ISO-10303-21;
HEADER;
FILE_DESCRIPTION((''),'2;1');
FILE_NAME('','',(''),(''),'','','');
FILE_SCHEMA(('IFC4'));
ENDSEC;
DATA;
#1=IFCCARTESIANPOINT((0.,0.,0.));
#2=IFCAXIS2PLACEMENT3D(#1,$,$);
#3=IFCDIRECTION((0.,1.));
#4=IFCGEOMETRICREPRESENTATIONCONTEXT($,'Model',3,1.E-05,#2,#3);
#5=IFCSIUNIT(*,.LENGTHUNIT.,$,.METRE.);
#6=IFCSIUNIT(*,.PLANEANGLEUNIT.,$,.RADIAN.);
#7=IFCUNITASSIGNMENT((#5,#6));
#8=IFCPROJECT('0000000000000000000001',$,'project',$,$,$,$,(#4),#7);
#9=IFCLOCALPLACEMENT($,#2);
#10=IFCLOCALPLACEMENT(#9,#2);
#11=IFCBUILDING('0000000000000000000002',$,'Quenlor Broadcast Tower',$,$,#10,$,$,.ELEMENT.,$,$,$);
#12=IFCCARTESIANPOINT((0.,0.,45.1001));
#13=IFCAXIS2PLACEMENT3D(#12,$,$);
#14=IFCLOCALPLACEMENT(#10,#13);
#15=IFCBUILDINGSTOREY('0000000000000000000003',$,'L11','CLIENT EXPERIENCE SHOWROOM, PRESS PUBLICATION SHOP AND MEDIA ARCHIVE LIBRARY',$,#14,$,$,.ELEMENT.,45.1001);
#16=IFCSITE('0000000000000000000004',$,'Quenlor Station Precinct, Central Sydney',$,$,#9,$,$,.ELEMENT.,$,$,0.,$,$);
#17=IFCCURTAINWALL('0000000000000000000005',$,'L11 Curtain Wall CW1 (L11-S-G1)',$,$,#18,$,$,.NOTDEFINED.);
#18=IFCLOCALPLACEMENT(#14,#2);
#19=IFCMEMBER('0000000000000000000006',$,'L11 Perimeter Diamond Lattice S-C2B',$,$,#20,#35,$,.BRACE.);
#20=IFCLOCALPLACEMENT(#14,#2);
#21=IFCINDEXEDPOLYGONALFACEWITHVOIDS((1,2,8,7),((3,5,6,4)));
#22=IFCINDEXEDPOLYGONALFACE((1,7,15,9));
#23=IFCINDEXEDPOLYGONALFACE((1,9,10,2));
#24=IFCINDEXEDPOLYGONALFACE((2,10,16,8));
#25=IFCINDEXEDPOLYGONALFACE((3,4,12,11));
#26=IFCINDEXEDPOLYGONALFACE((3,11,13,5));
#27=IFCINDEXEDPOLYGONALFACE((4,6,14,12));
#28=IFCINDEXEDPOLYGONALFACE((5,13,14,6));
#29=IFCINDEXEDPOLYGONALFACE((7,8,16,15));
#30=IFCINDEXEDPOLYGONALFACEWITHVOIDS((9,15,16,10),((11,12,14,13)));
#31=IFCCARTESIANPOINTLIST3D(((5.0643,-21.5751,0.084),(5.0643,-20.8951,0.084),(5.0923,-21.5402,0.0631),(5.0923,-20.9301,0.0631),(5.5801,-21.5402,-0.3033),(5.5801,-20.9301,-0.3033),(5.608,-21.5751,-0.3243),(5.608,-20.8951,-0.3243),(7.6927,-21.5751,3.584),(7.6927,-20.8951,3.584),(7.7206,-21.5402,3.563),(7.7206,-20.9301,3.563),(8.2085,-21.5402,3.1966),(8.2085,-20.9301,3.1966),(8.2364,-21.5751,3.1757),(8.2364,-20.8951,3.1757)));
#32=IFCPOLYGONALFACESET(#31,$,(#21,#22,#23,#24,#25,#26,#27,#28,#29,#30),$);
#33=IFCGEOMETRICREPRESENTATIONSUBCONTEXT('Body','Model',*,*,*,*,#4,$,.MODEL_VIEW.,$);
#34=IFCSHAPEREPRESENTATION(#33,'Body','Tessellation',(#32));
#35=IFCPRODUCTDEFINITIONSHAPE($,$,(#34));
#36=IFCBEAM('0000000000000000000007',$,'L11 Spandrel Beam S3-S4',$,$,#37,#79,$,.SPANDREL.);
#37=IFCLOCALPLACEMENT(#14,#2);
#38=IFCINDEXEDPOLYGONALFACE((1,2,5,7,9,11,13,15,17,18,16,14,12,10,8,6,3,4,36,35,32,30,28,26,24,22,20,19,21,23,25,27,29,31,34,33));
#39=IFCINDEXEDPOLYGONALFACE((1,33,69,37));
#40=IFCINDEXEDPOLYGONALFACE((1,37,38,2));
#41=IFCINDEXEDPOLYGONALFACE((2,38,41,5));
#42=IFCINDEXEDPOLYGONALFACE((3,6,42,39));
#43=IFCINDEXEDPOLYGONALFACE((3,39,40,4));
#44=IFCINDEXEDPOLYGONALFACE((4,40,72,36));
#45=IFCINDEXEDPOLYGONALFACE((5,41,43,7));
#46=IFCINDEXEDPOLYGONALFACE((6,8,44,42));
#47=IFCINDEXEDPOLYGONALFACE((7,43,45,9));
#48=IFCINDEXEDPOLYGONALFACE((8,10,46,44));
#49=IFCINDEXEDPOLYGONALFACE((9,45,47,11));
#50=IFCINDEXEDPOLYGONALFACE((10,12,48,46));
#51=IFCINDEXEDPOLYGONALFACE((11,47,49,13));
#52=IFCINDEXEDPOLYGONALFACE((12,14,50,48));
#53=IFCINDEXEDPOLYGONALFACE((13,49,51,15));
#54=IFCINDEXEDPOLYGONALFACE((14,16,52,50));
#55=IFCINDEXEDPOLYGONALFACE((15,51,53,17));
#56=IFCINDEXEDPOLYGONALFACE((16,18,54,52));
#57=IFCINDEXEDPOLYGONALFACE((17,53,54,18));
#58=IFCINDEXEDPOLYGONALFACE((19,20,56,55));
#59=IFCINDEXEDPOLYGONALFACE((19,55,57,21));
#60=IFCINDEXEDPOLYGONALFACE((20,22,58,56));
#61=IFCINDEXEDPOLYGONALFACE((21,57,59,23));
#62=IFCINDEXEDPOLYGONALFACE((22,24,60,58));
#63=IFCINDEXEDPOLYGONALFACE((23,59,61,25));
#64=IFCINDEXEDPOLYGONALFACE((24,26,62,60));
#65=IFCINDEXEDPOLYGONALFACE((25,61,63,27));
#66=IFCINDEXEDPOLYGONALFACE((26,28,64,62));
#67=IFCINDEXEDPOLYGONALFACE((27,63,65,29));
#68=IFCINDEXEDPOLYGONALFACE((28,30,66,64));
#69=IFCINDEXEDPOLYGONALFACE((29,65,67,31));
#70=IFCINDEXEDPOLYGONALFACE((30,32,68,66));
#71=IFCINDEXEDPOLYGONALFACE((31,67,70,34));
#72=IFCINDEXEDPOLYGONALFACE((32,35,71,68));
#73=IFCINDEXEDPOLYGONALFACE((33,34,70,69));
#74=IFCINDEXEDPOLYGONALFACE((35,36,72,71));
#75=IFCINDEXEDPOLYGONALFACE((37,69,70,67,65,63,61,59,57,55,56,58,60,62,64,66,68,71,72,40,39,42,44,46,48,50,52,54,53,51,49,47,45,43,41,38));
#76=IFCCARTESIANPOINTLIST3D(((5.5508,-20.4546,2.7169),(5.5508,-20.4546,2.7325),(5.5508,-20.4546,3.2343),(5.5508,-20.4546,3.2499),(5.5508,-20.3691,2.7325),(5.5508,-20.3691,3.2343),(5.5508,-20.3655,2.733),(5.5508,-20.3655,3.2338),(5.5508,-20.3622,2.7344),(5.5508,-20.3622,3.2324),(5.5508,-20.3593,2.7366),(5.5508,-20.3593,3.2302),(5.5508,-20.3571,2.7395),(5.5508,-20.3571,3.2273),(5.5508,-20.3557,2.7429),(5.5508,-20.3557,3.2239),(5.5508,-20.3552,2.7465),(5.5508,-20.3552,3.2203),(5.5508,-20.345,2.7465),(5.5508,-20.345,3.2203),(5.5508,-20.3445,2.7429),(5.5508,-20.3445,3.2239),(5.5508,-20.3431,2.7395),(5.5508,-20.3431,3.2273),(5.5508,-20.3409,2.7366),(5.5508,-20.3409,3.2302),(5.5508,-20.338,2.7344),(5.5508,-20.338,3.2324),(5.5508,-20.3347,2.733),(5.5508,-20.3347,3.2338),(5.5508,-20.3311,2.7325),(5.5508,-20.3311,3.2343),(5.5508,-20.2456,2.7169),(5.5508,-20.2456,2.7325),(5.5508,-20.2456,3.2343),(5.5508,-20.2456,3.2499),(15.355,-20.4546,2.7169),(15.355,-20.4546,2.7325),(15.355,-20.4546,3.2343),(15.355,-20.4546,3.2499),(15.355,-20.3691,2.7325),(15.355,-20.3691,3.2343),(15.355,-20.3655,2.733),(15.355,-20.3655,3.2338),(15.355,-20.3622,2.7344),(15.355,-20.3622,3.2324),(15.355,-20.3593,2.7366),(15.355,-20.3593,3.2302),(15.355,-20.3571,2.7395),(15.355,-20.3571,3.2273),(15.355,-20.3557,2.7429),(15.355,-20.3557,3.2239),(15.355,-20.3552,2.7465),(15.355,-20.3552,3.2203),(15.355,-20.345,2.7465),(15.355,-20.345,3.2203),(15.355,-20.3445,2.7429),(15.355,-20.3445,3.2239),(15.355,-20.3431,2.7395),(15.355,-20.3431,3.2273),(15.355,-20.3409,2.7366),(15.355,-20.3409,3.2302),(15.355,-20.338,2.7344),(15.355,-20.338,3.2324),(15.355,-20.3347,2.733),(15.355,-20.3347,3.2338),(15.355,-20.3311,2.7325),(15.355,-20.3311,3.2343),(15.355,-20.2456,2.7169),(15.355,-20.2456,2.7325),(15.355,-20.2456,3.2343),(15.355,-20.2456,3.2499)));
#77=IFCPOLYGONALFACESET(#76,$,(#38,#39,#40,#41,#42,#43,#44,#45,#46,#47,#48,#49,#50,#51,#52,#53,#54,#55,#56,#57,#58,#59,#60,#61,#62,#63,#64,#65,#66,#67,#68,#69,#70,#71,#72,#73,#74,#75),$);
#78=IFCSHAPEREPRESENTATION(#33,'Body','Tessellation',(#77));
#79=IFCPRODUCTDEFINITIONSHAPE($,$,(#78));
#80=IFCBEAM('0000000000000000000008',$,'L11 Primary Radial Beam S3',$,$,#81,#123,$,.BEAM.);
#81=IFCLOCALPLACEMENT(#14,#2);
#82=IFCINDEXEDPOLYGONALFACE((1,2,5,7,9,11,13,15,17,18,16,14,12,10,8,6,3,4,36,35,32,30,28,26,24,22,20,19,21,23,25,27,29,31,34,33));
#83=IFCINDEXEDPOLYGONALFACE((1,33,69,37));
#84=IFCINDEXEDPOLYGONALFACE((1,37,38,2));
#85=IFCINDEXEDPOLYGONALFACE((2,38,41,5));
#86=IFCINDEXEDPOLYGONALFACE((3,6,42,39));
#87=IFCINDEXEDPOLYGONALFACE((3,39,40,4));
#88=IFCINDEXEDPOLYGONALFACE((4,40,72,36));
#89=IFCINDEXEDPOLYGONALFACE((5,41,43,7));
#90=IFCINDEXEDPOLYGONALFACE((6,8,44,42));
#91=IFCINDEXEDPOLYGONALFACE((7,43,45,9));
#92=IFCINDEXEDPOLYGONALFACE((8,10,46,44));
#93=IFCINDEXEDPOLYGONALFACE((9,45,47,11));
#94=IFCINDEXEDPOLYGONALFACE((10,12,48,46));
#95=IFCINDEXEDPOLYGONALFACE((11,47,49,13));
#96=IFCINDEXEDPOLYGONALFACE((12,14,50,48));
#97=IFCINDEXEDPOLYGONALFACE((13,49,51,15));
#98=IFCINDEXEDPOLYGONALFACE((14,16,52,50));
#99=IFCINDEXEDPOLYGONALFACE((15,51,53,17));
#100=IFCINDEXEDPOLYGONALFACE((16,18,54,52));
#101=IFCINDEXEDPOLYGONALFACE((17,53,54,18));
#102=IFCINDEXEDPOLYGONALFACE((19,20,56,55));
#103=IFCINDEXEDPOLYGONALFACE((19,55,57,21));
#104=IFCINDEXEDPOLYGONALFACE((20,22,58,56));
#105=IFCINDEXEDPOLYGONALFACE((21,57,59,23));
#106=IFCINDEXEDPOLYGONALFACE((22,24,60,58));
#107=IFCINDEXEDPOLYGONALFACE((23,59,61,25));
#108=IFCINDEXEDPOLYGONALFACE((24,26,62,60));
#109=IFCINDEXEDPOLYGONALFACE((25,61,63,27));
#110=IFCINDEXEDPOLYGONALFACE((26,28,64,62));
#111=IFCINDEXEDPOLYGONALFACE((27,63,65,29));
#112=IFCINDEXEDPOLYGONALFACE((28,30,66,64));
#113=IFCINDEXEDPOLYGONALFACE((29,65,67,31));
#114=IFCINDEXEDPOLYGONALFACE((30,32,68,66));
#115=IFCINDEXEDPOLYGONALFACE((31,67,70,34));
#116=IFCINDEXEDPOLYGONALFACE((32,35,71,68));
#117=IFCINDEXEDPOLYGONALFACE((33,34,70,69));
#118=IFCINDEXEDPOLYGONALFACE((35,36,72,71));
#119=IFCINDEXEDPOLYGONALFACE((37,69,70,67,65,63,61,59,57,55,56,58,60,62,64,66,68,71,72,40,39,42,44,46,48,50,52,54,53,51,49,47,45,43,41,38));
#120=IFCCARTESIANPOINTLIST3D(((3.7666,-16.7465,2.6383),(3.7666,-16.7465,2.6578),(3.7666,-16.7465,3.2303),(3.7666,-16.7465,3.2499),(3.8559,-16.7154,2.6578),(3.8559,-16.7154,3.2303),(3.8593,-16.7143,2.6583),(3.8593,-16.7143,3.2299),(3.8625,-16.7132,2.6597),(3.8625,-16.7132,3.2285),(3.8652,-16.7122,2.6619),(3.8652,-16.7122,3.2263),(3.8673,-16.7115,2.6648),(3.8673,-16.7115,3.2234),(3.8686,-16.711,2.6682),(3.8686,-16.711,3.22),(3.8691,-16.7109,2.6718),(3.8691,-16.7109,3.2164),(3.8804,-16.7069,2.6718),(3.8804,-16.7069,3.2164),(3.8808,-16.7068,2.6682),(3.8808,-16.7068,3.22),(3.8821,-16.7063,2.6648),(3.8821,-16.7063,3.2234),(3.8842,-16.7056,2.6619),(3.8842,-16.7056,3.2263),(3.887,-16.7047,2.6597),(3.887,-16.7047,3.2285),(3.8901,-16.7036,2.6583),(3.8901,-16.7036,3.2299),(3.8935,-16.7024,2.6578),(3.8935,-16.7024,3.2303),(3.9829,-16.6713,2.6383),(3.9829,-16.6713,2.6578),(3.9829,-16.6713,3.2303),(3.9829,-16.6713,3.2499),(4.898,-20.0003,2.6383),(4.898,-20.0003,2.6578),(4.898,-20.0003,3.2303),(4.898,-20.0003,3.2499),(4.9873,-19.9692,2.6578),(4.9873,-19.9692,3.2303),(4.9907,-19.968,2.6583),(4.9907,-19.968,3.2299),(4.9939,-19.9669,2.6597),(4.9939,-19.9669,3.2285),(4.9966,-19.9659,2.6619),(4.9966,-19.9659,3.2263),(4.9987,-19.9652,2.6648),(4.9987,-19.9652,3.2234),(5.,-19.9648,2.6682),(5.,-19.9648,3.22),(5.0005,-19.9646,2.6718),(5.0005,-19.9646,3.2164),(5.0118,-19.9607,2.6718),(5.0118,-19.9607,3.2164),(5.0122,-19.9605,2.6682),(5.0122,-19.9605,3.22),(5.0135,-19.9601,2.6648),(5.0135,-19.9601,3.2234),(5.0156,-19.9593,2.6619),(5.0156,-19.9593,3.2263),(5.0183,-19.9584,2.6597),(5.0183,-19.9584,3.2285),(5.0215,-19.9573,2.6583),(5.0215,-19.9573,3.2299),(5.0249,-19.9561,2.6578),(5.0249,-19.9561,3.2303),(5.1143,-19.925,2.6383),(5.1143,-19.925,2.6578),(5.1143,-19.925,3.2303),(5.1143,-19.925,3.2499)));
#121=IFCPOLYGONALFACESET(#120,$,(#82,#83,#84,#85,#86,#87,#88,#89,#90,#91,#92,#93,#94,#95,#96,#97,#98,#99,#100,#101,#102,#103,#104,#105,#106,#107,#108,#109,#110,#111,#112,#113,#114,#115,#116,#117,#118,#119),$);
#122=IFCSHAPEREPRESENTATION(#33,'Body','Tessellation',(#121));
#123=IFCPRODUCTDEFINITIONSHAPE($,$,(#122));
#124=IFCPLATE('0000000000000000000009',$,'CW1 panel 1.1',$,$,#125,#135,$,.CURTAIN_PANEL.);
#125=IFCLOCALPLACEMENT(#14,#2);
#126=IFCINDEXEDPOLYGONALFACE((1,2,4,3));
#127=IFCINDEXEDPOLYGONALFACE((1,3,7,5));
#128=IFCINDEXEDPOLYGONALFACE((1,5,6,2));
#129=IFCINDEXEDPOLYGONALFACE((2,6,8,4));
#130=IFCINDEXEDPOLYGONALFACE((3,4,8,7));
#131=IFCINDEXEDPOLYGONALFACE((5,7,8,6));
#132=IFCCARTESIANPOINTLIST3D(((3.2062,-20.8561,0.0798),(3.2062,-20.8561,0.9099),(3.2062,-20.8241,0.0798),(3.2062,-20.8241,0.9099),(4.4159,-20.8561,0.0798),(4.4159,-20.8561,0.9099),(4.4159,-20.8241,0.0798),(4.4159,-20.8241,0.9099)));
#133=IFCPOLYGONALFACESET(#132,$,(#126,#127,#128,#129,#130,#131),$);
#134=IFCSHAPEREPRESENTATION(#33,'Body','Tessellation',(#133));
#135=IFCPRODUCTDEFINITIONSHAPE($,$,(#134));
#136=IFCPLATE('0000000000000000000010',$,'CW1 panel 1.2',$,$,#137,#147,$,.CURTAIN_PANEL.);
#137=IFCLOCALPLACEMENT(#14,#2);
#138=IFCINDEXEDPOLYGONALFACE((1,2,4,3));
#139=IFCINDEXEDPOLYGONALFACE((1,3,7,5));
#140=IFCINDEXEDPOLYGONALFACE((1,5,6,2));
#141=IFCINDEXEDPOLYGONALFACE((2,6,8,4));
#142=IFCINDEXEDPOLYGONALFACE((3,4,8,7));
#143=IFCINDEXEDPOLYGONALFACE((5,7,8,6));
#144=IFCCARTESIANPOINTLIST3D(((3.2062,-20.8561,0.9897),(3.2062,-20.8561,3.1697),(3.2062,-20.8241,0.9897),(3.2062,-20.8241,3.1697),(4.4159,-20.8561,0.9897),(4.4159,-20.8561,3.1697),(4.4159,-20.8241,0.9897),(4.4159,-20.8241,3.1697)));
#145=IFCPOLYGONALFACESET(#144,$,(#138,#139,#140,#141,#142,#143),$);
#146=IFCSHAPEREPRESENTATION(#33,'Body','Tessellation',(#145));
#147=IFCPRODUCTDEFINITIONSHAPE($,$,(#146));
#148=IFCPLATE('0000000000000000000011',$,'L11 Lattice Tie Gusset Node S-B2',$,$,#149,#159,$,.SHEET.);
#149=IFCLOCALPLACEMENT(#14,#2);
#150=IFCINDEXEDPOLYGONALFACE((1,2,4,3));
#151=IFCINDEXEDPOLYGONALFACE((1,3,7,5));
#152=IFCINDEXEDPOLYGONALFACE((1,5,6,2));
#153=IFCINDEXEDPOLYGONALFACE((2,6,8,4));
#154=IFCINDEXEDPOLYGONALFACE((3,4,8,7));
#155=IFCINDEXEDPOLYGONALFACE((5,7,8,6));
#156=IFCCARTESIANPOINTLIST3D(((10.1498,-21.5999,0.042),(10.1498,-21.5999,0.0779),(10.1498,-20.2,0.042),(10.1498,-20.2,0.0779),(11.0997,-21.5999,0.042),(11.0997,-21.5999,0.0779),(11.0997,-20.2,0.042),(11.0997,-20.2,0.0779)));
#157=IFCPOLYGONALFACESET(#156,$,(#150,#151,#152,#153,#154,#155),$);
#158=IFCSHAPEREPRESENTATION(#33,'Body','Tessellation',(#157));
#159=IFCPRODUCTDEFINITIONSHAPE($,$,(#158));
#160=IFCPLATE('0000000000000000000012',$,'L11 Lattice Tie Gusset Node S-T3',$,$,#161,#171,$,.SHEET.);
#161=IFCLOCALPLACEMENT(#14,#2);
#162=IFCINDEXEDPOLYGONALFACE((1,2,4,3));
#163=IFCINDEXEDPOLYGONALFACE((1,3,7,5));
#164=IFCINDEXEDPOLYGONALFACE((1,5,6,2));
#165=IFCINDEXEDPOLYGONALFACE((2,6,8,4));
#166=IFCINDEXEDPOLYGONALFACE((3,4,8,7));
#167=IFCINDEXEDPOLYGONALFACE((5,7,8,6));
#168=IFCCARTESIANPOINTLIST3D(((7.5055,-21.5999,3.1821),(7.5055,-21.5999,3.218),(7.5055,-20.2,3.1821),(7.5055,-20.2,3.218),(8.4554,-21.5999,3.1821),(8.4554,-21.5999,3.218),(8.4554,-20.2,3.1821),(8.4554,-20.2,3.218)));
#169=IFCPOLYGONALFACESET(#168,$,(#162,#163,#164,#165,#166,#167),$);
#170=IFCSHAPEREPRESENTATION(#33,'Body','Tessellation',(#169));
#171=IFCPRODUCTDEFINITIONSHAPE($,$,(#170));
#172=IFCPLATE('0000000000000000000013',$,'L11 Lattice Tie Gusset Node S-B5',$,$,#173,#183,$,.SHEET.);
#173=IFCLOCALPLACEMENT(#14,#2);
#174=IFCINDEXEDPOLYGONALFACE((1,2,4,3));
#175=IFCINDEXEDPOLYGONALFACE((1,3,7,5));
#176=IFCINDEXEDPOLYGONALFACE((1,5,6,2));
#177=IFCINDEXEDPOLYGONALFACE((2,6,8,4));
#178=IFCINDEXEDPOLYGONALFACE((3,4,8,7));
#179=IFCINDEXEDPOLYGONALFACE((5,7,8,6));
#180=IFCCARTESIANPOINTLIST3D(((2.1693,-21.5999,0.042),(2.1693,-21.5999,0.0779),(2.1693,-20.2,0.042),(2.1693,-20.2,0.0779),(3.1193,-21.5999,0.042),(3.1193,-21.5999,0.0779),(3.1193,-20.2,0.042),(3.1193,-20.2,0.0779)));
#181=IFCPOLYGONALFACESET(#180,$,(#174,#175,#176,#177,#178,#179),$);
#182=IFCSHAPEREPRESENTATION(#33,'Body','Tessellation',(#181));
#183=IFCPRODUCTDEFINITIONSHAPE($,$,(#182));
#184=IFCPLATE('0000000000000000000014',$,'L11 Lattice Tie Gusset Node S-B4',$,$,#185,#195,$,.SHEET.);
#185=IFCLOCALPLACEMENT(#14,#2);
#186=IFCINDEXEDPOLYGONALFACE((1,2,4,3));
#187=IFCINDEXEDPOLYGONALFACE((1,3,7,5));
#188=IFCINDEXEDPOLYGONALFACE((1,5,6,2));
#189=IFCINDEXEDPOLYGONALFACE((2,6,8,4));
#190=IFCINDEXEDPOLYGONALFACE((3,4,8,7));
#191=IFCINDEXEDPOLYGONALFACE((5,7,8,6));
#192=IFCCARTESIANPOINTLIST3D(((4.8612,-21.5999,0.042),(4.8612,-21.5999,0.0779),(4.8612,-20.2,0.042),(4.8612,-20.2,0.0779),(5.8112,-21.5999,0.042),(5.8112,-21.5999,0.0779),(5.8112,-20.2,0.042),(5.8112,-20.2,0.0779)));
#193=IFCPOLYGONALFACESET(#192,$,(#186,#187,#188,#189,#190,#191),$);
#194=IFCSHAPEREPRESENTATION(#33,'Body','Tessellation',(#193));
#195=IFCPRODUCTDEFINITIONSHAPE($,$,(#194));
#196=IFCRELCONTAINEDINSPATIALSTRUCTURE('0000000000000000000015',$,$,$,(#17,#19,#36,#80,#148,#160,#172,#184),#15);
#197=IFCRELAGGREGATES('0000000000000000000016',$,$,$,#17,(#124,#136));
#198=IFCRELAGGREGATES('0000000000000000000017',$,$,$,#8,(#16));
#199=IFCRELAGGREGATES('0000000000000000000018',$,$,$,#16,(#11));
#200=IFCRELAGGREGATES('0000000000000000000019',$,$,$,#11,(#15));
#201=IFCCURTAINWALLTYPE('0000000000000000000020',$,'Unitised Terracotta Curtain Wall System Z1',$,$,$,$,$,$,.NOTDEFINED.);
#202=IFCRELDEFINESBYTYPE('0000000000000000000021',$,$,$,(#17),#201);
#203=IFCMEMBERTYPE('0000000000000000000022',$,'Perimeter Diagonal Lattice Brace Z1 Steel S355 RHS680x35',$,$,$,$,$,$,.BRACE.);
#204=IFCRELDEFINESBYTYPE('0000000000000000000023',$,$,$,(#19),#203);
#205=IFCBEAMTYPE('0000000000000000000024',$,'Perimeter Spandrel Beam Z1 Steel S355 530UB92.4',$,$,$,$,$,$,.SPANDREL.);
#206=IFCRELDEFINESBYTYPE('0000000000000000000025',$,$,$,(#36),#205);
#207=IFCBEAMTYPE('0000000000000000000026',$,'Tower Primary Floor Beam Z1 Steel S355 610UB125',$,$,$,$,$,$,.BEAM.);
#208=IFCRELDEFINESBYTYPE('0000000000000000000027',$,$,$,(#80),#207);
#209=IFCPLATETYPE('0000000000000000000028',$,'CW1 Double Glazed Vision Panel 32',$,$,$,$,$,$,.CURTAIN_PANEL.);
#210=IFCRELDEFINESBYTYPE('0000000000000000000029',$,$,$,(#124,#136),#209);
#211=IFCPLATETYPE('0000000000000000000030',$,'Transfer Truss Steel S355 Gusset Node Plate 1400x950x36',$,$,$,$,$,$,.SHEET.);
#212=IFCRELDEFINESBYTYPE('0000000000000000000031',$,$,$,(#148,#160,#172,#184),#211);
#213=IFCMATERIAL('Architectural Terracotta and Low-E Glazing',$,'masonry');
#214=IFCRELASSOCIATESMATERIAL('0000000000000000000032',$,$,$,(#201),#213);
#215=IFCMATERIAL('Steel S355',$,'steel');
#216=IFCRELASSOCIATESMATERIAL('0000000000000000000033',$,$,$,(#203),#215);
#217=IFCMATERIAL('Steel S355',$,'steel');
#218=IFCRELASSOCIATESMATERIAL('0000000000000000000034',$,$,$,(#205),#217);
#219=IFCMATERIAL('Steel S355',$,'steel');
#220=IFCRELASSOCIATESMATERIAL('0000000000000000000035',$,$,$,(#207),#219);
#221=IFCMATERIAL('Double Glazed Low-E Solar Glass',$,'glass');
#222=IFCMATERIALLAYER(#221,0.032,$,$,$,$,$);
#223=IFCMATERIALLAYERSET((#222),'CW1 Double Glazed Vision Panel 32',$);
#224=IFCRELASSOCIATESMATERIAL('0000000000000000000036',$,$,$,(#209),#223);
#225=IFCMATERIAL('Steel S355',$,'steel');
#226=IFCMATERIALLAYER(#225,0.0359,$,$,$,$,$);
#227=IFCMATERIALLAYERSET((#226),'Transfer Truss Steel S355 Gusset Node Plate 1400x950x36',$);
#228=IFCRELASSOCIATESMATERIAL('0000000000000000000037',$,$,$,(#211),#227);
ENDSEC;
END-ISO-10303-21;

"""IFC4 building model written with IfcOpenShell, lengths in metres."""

from ifc_helpers import new_model, si_unit, direction, frame, origin, origin_2d, place, context, subcontext, project, spatial, rectangle, hollow_rectangle, i_section, extrude, material, layer, layer_set, material_profile, profile_set, type_object, element, aggregate, save


model = new_model("IFC4")

# Units and contexts
model_context = context("Model", 3, precision=1e-05, world=origin(), true_north=direction((0.0, 1.0)))
body_context = subcontext(model_context, "Body", "Model", "MODEL_VIEW")
ifc_project = project(units=[si_unit("LENGTHUNIT", "METRE"), si_unit("PLANEANGLEUNIT", "RADIAN")], contexts=[model_context])

# Site, building, storey
site_placement = place(None, origin())
site = spatial("IfcSite", under=ifc_project, at=site_placement, Name="Quenlor Station Precinct, Central Sydney", CompositionType="ELEMENT", RefElevation=0.0)
building_placement = place(site_placement, origin())
building = spatial("IfcBuilding", under=site, at=building_placement, Name="Quenlor Broadcast Tower", CompositionType="ELEMENT")
storey_placement = place(building_placement, frame((0.0, 0.0, 45.1001)))
storey = spatial("IfcBuildingStorey", under=building, at=storey_placement, Name="L11", Description="CLIENT EXPERIENCE SHOWROOM, PRESS PUBLICATION SHOP AND MEDIA ARCHIVE LIBRARY", CompositionType="ELEMENT", Elevation=45.1001)

# Curtain wall
ifc_material_1 = material(Name="Architectural Terracotta and Low-E Glazing", Category="masonry")
curtain_wall_type = type_object("IfcCurtainWallType", Name="Unitised Terracotta Curtain Wall System Z1", PredefinedType="NOTDEFINED", material=ifc_material_1)
curtain_wall_placement = place(storey_placement, origin())
curtain_wall = element("IfcCurtainWall", 1, at=curtain_wall_placement, inside=storey, type_object=curtain_wall_type, Name="L11 Curtain Wall CW1 (L11-S-G1)", PredefinedType="NOTDEFINED")

# Member
ifc_material_2 = material(Name="Steel S355", Category="steel")
ifc_material_profile_1 = material_profile(ifc_material_2, hollow_rectangle(XDim=0.6799, YDim=0.6799, WallThickness=0.0349, at=origin_2d()))
ifc_profile_set_1 = profile_set([ifc_material_profile_1], Name="Steel S355 RHS680x680x35")
member_type_1 = type_object("IfcMemberType", Name="Perimeter Diagonal Lattice Brace Z1 Steel S355 RHS680x35", PredefinedType="BRACE", material=ifc_profile_set_1)
for number, where, z_axis, x_axis, name in (
    (2, (5.3362, -21.2351, -0.1201), (0.6005, 0.0, 0.799625), (0.0, 1.0, 0.0), "L11 Perimeter Diamond Lattice S-C2B"),
):
    element("IfcMember", number, at=place(storey_placement, frame(where, z_axis=z_axis, x_axis=x_axis)), inside=storey, type_object=member_type_1, Name=name, PredefinedType="BRACE", context=body_context, shape_type="SweptSolid", body=[
        extrude(hollow_rectangle(XDim=0.6799, YDim=0.6799, WallThickness=0.0349, at=origin_2d()), origin(), (0.0, 0.0, 1.0), 4.377),
    ])

# Beams
ifc_material_3 = material(Name="Steel S355", Category="steel")
ifc_material_profile_2 = material_profile(ifc_material_3, i_section(OverallWidth=0.209, OverallDepth=0.533, WebThickness=0.0103, FlangeThickness=0.0156, FilletRadius=0.0139, at=origin_2d()))
ifc_profile_set_2 = profile_set([ifc_material_profile_2], Name="Steel S355 530UB92.4")
beam_type_1 = type_object("IfcBeamType", Name="Perimeter Spandrel Beam Z1 Steel S355 530UB92.4", PredefinedType="SPANDREL", material=ifc_profile_set_2)
beam_1_placement = place(storey_placement, frame((5.5508, -20.3501, 2.9834), z_axis=(1.0, 0.0, 0.0), x_axis=(0.0, 1.0, 0.0)))
element("IfcBeam", 3, at=beam_1_placement, inside=storey, type_object=beam_type_1, Name="L11 Spandrel Beam S3-S4", PredefinedType="SPANDREL", context=body_context, shape_type="SweptSolid", body=[
    extrude(i_section(OverallWidth=0.209, OverallDepth=0.533, WebThickness=0.0103, FlangeThickness=0.0156, FilletRadius=0.0139, at=origin_2d()), origin(), (0.0, 0.0, 1.0), 9.8042),
])
ifc_material_4 = material(Name="Steel S355", Category="steel")
ifc_material_profile_3 = material_profile(ifc_material_4, i_section(OverallWidth=0.229, OverallDepth=0.6116, WebThickness=0.012, FlangeThickness=0.0195, FilletRadius=0.0139, at=origin_2d()))
ifc_profile_set_3 = profile_set([ifc_material_profile_3], Name="Steel S355 610UB125")
beam_type_2 = type_object("IfcBeamType", Name="Tower Primary Floor Beam Z1 Steel S355 610UB125", PredefinedType="BEAM", material=ifc_profile_set_3)
beam_2_placement = place(storey_placement, frame((5.0061, -19.9626, 2.9441), z_axis=(-0.328427, 0.944529, 0.0), x_axis=(-0.944529, -0.328427, 0.0)))
element("IfcBeam", 4, at=beam_2_placement, inside=storey, type_object=beam_type_2, Name="L11 Primary Radial Beam S3", PredefinedType="BEAM", context=body_context, shape_type="SweptSolid", body=[
    extrude(i_section(OverallWidth=0.229, OverallDepth=0.6116, WebThickness=0.012, FlangeThickness=0.0195, FilletRadius=0.0139, at=origin_2d()), origin(), (0.0, 0.0, 1.0), 3.4448),
])

# Plates
ifc_material_5 = material(Name="Double Glazed Low-E Solar Glass", Category="glass")
ifc_layer_1 = layer(ifc_material_5, 0.032)
ifc_layer_set_1 = layer_set([ifc_layer_1], Name="CW1 Double Glazed Vision Panel 32")
plate_type_1 = type_object("IfcPlateType", Name="CW1 Double Glazed Vision Panel 32", PredefinedType="CURTAIN_PANEL", material=ifc_layer_set_1)
plate_1_placement = place(storey_placement, frame((3.811, -20.8401, 0.0798), z_axis=(0.0, 0.0, 1.0), x_axis=(-1.0, 0.0, 0.0)))
plate_1 = element("IfcPlate", 5, at=plate_1_placement, type_object=plate_type_1, Name="CW1 panel 1.1", PredefinedType="CURTAIN_PANEL", context=body_context, shape_type="SweptSolid", body=[
    extrude(rectangle(XDim=1.2097, YDim=0.032, at=origin_2d()), origin(), (0.0, 0.0, 1.0), 0.8301),
])
plate_2_placement = place(storey_placement, frame((3.811, -20.8401, 0.9897), z_axis=(0.0, 0.0, 1.0), x_axis=(-1.0, 0.0, 0.0)))
plate_2 = element("IfcPlate", 6, at=plate_2_placement, type_object=plate_type_1, Name="CW1 panel 1.2", PredefinedType="CURTAIN_PANEL", context=body_context, shape_type="SweptSolid", body=[
    extrude(rectangle(XDim=1.2097, YDim=0.032, at=origin_2d()), origin(), (0.0, 0.0, 1.0), 2.1799),
])
aggregate(curtain_wall, [plate_1, plate_2])

# Plates
ifc_material_6 = material(Name="Steel S355", Category="steel")
ifc_layer_2 = layer(ifc_material_6, 0.0359)
ifc_layer_set_2 = layer_set([ifc_layer_2], Name="Transfer Truss Steel S355 Gusset Node Plate 1400x950x36")
plate_type_2 = type_object("IfcPlateType", Name="Transfer Truss Steel S355 Gusset Node Plate 1400x950x36", PredefinedType="SHEET", material=ifc_layer_set_2)
for number, where, z_axis, x_axis, name in (
    (7, (10.6248, -20.8999, 0.042), (0.0, 0.0, 1.0), (0.0, -1.0, 0.0), "L11 Lattice Tie Gusset Node S-B2"),
    (8, (7.9805, -20.8999, 3.1821), (0.0, 0.0, 1.0), (0.0, -1.0, 0.0), "L11 Lattice Tie Gusset Node S-T3"),
    (9, (2.6443, -20.8999, 0.042), (0.0, 0.0, 1.0), (0.0, -1.0, 0.0), "L11 Lattice Tie Gusset Node S-B5"),
    (10, (5.3362, -20.8999, 0.042), (0.0, 0.0, 1.0), (0.0, -1.0, 0.0), "L11 Lattice Tie Gusset Node S-B4"),
):
    element("IfcPlate", number, at=place(storey_placement, frame(where, z_axis=z_axis, x_axis=x_axis)), inside=storey, type_object=plate_type_2, Name=name, PredefinedType="SHEET", context=body_context, shape_type="SweptSolid", body=[
        extrude(rectangle(XDim=1.3999, YDim=0.95, at=origin_2d()), origin(), (0.0, 0.0, 1.0), 0.0359),
    ])

save(model, "model.ifc")
